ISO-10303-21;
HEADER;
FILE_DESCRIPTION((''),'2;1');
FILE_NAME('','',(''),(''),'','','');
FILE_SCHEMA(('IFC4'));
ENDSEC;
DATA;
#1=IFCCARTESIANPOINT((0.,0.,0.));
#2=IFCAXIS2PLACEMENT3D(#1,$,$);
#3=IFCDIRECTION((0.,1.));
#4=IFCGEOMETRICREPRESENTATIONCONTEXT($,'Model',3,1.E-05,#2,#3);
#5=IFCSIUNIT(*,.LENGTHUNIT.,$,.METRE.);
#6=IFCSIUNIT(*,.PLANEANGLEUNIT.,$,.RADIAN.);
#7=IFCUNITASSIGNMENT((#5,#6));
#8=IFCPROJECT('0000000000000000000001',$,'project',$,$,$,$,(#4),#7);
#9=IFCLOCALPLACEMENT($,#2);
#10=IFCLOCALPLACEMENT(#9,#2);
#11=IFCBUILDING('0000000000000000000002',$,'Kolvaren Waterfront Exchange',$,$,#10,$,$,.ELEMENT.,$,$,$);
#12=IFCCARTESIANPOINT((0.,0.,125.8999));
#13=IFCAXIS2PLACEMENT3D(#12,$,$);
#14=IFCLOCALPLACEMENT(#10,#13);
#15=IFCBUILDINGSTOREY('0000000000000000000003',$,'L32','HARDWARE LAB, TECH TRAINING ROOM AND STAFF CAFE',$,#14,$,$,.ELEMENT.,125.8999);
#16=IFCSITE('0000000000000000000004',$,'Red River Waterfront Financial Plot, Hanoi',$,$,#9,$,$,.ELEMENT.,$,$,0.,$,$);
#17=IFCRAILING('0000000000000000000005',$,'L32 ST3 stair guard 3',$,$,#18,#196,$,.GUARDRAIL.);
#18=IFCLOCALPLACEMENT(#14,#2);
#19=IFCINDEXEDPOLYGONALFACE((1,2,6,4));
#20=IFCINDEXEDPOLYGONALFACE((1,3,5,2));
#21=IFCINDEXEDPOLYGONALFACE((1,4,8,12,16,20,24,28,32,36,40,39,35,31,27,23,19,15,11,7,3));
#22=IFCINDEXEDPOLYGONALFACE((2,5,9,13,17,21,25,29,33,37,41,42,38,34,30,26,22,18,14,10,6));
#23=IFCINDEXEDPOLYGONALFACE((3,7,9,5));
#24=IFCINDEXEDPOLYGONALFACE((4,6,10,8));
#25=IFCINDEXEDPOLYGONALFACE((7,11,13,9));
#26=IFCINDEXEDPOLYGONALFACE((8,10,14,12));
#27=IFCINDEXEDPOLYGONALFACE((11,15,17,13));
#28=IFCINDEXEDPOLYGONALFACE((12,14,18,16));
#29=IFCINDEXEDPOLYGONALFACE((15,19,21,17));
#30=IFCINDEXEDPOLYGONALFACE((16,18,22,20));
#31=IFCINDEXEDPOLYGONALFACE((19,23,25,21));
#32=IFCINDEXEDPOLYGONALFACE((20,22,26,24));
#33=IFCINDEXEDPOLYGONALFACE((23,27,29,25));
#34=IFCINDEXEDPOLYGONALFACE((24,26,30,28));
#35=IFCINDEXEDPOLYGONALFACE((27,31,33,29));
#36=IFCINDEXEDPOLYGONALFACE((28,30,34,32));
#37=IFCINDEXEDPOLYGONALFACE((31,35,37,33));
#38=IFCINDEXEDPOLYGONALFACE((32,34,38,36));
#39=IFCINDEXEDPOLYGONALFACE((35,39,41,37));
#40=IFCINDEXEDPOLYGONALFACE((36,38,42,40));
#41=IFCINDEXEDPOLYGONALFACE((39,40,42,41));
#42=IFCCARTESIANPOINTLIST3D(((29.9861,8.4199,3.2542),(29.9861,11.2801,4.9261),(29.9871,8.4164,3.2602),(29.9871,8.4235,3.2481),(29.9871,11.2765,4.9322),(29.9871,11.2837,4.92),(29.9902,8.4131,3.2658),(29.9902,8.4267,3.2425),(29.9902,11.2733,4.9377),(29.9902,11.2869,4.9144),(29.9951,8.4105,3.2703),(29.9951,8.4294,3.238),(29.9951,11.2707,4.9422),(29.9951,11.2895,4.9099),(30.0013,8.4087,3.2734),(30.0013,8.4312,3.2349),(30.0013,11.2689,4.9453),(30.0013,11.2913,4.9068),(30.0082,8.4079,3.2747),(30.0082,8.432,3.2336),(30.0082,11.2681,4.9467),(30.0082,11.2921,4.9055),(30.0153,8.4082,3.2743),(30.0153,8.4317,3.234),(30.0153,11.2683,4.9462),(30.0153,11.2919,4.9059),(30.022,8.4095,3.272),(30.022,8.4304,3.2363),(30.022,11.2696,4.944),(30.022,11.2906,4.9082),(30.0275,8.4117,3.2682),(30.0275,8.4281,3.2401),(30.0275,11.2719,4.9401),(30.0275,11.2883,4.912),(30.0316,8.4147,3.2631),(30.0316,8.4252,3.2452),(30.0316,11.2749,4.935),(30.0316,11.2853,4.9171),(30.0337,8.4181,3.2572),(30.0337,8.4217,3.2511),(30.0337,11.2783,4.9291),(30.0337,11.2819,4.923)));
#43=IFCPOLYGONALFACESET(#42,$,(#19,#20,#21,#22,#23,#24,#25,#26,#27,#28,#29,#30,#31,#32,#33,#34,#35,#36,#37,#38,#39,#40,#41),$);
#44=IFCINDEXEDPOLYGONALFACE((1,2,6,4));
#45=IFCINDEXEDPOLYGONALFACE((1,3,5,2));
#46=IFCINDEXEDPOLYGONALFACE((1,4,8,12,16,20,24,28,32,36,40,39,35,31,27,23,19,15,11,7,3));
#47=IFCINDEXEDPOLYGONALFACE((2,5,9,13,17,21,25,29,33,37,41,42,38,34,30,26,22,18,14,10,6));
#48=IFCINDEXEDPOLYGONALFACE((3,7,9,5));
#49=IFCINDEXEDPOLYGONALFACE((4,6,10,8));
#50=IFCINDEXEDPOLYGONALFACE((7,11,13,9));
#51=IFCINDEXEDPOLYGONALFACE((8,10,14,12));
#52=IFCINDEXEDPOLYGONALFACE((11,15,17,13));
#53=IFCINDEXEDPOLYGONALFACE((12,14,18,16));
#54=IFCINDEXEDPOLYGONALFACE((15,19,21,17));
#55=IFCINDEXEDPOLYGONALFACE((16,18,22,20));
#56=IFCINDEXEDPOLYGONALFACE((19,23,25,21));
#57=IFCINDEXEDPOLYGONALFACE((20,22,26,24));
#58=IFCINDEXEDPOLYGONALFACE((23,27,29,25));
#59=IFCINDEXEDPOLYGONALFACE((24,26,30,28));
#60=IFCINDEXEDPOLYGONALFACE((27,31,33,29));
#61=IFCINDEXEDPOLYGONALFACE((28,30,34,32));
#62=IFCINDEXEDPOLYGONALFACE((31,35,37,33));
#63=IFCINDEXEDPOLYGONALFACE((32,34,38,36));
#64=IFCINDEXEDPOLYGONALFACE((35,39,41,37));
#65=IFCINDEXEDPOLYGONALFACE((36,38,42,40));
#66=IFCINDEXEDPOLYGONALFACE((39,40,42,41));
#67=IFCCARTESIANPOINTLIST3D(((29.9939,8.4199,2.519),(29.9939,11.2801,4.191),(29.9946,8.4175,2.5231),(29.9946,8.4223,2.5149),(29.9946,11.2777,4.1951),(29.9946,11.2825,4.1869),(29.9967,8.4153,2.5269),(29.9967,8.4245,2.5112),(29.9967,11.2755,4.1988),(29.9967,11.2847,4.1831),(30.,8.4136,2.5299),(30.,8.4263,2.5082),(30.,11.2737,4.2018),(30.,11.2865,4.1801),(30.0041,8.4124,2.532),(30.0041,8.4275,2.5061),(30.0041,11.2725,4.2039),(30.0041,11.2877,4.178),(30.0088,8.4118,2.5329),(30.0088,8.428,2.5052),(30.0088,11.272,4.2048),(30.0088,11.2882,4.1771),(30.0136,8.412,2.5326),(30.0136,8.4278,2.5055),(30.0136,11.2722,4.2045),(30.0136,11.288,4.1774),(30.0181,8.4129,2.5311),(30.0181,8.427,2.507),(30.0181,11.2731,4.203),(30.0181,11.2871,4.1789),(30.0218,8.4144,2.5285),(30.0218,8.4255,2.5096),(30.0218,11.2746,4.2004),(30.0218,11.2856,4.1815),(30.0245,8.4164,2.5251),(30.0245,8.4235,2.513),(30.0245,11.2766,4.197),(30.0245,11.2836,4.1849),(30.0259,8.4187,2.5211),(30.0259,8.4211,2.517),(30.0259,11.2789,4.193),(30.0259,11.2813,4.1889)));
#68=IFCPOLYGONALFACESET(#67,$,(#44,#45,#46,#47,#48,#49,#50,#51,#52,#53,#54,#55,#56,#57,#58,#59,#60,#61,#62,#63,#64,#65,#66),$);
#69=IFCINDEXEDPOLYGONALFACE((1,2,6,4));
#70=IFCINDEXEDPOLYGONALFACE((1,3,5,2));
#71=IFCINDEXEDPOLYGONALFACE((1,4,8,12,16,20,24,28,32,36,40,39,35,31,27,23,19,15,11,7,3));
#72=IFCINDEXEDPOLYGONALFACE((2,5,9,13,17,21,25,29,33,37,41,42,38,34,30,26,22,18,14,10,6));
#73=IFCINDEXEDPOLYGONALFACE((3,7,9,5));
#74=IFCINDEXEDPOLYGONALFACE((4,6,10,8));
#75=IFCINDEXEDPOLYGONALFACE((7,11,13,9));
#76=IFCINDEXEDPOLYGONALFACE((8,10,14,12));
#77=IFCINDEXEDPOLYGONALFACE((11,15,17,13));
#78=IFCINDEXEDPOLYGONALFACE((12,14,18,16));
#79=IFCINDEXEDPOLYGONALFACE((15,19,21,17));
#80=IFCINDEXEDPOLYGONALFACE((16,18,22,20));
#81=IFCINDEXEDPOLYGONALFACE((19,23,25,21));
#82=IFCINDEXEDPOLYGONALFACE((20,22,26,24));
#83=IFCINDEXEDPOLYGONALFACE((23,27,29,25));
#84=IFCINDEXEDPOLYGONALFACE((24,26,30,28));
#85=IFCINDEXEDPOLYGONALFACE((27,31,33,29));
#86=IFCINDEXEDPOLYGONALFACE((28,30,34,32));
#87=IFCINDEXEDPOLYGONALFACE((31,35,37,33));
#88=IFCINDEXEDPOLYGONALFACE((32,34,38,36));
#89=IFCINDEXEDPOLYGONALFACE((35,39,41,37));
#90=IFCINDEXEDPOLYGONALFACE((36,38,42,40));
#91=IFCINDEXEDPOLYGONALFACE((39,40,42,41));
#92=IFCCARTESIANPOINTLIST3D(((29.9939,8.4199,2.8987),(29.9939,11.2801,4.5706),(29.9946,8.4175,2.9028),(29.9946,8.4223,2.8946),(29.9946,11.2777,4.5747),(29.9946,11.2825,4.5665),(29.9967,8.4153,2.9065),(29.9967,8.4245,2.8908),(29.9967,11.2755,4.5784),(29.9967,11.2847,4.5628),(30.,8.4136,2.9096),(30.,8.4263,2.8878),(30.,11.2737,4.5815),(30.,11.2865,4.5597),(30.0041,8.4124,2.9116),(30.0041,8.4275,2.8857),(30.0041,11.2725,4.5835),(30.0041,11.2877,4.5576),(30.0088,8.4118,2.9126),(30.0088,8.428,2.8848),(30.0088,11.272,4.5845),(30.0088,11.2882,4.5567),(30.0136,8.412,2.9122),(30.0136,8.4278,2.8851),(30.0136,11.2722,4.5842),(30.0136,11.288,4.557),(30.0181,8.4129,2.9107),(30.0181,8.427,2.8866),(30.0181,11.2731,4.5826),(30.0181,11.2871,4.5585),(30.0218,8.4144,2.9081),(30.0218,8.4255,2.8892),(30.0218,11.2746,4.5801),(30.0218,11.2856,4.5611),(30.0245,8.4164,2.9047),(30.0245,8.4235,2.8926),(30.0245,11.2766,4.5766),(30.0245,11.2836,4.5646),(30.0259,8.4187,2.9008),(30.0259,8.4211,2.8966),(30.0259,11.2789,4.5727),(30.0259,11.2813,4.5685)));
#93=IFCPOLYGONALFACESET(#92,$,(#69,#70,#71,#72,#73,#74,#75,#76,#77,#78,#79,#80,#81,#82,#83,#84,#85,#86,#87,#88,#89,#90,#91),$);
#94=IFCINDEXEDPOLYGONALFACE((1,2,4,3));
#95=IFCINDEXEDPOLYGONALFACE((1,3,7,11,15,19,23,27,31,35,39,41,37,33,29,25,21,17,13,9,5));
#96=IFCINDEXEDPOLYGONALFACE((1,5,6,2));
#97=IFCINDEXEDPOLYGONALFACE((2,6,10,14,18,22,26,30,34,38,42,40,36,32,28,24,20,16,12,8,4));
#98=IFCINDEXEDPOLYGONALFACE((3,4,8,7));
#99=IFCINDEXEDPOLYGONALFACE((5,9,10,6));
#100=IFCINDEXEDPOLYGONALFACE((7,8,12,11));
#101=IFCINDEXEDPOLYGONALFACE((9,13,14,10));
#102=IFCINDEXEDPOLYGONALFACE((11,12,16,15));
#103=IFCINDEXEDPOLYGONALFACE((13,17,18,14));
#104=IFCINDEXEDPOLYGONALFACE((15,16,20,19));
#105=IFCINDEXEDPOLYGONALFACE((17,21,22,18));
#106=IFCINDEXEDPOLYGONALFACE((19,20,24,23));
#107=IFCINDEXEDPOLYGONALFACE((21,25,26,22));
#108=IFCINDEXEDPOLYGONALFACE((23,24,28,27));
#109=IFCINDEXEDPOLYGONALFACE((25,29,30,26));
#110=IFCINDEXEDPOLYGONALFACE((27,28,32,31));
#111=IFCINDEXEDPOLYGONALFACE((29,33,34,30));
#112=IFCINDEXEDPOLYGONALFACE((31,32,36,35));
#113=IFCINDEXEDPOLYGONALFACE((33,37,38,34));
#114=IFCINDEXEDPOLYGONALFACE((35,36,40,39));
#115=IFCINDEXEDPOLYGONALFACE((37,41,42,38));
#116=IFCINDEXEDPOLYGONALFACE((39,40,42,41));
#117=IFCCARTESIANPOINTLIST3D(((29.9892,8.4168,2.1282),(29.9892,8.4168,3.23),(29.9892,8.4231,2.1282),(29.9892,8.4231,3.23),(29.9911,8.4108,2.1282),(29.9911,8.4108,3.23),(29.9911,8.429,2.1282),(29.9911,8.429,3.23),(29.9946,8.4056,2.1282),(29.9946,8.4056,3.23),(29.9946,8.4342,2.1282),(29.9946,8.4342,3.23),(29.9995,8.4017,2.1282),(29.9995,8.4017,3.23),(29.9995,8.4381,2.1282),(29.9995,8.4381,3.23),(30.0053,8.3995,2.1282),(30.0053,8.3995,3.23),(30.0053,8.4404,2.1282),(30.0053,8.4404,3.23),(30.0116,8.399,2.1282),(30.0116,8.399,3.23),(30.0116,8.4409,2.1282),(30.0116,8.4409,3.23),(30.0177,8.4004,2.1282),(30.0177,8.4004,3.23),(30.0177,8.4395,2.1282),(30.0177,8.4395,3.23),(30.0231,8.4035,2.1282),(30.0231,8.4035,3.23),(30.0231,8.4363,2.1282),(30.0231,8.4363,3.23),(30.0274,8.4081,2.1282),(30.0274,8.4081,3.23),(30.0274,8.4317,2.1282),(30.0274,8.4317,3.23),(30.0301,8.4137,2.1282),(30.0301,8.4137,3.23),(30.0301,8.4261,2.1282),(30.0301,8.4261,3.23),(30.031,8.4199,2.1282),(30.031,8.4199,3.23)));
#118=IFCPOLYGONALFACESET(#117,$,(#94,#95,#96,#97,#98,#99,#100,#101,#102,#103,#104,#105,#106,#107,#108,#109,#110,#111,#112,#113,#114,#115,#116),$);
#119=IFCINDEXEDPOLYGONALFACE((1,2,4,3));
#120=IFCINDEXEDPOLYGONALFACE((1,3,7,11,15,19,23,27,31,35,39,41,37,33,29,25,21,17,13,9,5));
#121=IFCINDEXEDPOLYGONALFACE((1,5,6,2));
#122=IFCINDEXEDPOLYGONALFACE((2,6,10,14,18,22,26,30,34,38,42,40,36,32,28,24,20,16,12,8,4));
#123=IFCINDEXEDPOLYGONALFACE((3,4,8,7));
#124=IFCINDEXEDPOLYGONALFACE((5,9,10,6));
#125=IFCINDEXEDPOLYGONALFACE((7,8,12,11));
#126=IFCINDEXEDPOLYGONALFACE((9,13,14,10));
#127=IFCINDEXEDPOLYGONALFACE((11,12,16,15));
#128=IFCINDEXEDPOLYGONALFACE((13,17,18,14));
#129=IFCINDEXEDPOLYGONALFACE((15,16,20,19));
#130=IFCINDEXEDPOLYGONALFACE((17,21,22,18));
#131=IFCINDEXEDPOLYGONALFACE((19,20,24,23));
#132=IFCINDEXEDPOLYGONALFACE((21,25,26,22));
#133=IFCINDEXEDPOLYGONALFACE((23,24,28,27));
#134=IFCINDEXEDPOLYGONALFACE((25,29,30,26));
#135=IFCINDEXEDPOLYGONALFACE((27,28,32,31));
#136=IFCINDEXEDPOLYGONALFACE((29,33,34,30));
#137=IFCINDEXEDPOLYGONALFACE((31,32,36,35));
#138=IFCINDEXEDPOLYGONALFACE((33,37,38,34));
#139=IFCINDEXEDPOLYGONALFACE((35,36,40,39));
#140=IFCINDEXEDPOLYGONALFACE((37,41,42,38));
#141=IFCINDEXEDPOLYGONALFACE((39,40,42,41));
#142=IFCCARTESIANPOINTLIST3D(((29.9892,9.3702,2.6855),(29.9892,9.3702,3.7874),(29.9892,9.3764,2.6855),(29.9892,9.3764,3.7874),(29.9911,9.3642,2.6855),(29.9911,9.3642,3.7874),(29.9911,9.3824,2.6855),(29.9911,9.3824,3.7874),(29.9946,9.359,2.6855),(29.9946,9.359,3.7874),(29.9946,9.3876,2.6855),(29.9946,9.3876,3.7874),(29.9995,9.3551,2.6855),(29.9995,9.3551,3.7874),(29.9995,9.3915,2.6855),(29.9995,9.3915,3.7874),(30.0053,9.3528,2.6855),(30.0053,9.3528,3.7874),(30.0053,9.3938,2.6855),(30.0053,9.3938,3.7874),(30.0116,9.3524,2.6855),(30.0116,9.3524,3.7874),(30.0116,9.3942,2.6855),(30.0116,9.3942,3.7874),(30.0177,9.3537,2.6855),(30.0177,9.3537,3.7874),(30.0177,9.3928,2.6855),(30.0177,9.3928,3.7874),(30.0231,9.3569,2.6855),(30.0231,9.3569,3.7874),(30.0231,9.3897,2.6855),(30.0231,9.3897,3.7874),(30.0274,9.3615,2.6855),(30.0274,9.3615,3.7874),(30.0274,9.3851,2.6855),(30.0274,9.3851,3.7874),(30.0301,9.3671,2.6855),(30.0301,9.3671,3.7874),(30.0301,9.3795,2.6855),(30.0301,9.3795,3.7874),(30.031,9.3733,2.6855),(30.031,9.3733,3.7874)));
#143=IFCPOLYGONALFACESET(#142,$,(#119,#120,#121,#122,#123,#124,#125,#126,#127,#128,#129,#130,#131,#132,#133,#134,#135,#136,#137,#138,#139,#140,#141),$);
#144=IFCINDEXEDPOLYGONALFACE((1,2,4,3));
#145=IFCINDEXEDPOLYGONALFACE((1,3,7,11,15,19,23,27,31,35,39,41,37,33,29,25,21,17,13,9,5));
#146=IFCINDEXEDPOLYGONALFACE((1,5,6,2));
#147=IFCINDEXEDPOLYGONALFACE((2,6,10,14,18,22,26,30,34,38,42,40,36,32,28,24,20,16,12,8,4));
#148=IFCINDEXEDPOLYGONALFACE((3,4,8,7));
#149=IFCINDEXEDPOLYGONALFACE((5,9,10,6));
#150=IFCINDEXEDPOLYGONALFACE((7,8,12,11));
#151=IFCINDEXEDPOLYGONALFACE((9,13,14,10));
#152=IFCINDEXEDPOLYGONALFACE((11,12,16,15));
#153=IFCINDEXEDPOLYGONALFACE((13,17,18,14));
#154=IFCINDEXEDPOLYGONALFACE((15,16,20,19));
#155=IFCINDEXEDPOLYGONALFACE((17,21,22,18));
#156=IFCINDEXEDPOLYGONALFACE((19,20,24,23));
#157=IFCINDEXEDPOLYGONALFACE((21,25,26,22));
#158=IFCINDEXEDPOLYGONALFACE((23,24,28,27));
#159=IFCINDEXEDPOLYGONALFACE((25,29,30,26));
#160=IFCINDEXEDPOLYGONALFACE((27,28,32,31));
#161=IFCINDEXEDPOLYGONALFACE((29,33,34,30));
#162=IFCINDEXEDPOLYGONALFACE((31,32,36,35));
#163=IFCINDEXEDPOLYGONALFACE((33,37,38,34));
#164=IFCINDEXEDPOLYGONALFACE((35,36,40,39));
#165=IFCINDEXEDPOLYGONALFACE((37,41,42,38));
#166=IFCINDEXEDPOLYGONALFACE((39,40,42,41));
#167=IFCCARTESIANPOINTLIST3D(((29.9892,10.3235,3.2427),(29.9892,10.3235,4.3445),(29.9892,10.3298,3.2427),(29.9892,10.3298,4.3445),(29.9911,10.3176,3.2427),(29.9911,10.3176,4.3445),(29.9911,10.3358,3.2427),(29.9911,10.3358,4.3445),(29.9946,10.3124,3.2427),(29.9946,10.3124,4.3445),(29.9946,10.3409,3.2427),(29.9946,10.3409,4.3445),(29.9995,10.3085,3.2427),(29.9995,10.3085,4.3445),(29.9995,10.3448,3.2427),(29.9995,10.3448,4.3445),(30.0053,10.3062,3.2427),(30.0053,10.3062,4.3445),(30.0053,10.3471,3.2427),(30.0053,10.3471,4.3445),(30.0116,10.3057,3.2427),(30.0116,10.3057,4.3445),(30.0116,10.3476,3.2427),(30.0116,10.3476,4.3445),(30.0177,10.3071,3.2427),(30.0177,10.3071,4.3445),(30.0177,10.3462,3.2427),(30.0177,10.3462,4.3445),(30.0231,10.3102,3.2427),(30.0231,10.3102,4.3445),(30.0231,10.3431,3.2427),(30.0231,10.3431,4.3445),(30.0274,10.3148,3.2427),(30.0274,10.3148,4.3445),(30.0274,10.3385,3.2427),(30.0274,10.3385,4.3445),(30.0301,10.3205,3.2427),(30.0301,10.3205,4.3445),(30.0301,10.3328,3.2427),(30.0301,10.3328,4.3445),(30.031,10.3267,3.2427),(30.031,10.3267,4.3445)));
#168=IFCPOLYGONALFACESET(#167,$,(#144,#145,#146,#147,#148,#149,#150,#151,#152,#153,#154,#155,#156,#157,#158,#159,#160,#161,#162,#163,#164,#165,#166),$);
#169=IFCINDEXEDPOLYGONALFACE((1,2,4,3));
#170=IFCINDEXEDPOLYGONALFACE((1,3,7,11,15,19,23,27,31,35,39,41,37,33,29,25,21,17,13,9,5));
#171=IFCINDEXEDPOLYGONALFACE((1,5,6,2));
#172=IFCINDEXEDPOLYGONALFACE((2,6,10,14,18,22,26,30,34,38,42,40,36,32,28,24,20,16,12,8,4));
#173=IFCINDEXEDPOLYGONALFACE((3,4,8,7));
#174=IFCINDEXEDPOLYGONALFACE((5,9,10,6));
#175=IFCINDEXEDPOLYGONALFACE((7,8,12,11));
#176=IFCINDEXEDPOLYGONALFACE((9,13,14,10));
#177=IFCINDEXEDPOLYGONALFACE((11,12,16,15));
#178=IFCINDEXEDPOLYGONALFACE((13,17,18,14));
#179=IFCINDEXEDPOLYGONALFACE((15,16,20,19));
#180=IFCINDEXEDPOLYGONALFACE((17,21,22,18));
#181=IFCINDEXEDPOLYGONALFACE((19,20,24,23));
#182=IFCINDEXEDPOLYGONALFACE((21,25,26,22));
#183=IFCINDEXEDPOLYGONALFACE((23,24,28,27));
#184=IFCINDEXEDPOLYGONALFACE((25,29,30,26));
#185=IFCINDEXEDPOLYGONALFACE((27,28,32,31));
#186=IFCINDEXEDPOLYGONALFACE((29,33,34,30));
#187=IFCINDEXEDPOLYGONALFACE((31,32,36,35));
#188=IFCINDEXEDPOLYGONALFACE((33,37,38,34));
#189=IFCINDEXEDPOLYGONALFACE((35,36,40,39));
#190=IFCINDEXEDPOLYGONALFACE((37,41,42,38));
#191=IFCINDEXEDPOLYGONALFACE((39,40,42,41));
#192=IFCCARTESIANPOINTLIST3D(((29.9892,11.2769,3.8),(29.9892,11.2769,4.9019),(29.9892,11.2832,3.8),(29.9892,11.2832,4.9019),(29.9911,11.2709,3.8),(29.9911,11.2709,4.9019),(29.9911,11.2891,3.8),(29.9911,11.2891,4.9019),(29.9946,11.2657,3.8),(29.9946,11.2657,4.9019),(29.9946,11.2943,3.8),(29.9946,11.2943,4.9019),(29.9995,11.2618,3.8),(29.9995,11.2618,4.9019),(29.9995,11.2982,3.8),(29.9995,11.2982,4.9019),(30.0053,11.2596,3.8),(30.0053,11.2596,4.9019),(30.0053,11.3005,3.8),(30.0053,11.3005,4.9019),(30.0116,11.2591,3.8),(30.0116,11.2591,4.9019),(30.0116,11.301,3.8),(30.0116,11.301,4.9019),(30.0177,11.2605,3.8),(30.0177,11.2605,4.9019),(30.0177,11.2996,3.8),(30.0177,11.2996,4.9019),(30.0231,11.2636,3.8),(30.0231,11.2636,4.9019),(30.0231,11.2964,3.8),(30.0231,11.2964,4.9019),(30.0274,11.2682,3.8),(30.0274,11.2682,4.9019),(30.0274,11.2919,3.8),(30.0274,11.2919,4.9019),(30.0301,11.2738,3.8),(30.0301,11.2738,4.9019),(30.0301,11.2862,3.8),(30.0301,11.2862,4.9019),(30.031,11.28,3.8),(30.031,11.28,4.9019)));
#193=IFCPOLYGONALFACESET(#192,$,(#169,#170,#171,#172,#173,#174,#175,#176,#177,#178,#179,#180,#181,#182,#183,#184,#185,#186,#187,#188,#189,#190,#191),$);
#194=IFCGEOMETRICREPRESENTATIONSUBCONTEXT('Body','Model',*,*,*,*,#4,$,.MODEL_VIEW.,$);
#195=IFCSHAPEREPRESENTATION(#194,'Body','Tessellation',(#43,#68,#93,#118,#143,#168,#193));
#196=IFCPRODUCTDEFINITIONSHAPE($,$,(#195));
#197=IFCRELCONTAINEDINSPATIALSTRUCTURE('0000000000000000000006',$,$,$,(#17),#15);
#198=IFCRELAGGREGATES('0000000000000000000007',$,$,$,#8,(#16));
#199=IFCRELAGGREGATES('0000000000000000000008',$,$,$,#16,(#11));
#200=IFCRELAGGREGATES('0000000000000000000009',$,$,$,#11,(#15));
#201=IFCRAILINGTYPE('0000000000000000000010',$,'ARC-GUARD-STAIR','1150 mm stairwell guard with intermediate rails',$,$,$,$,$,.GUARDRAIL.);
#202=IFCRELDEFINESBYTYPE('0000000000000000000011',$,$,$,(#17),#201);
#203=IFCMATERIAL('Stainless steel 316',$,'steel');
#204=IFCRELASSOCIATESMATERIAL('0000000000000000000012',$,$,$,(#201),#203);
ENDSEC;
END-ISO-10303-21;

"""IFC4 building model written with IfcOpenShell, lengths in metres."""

from ifc_helpers import new_model, si_unit, direction, frame, origin, origin_2d, place, context, subcontext, project, spatial, circle, extrude, material, type_object, element, save


model = new_model("IFC4")

# Units and contexts
model_context = context("Model", 3, precision=1e-05, world=origin(), true_north=direction((0.0, 1.0)))
body_context = subcontext(model_context, "Body", "Model", "MODEL_VIEW")
ifc_project = project(units=[si_unit("LENGTHUNIT", "METRE"), si_unit("PLANEANGLEUNIT", "RADIAN")], contexts=[model_context])

# Site, building, storey
site_placement = place(None, origin())
site = spatial("IfcSite", under=ifc_project, at=site_placement, Name="Red River Waterfront Financial Plot, Hanoi", CompositionType="ELEMENT", RefElevation=0.0)
building_placement = place(site_placement, origin())
building = spatial("IfcBuilding", under=site, at=building_placement, Name="Kolvaren Waterfront Exchange", CompositionType="ELEMENT")
storey_placement = place(building_placement, frame((0.0, 0.0, 125.8999)))
storey = spatial("IfcBuildingStorey", under=building, at=storey_placement, Name="L32", Description="HARDWARE LAB, TECH TRAINING ROOM AND STAFF CAFE", CompositionType="ELEMENT", Elevation=125.8999)

# Railing
ifc_material_1 = material(Name="Stainless steel 316", Category="steel")
railing_type_1 = type_object("IfcRailingType", Name="ARC-GUARD-STAIR", Description="1150 mm stairwell guard with intermediate rails", PredefinedType="GUARDRAIL", material=ifc_material_1)
railing_1_placement = place(storey_placement, frame((30.01, 8.4199, 2.1282)))
element("IfcRailing", 1, at=railing_1_placement, inside=storey, type_object=railing_type_1, Name="L32 ST3 stair guard 3", PredefinedType="GUARDRAIL", context=body_context, shape_type="SweptSolid", body=[
    extrude(circle(Radius=0.0239, at=origin_2d()), frame((0.0, 0.0, 1.126), z_axis=(0.0, 0.863321, 0.504654), x_axis=(-1.0, 0.0, 0.0)), (0.0, 0.0, 1.0), 3.313),
    extrude(circle(Radius=0.0161, at=origin_2d()), frame((0.0, 0.0, 0.3909), z_axis=(0.0, 0.863321, 0.504654), x_axis=(-1.0, 0.0, 0.0)), (0.0, 0.0, 1.0), 3.313),
    extrude(circle(Radius=0.0161, at=origin_2d()), frame((0.0, 0.0, 0.7705), z_axis=(0.0, 0.863321, 0.504654), x_axis=(-1.0, 0.0, 0.0)), (0.0, 0.0, 1.0), 3.313),
    extrude(circle(Radius=0.021, at=origin_2d()), origin(), (0.0, 0.0, 1.0), 1.1018),
    extrude(circle(Radius=0.021, at=origin_2d()), frame((0.0, 0.9534, 0.5574)), (0.0, 0.0, 1.0), 1.1018),
    extrude(circle(Radius=0.021, at=origin_2d()), frame((0.0, 1.9067, 1.1145)), (0.0, 0.0, 1.0), 1.1018),
    extrude(circle(Radius=0.021, at=origin_2d()), frame((0.0, 2.8601, 1.6719)), (0.0, 0.0, 1.0), 1.1018),
])

save(model, "model.ifc")
